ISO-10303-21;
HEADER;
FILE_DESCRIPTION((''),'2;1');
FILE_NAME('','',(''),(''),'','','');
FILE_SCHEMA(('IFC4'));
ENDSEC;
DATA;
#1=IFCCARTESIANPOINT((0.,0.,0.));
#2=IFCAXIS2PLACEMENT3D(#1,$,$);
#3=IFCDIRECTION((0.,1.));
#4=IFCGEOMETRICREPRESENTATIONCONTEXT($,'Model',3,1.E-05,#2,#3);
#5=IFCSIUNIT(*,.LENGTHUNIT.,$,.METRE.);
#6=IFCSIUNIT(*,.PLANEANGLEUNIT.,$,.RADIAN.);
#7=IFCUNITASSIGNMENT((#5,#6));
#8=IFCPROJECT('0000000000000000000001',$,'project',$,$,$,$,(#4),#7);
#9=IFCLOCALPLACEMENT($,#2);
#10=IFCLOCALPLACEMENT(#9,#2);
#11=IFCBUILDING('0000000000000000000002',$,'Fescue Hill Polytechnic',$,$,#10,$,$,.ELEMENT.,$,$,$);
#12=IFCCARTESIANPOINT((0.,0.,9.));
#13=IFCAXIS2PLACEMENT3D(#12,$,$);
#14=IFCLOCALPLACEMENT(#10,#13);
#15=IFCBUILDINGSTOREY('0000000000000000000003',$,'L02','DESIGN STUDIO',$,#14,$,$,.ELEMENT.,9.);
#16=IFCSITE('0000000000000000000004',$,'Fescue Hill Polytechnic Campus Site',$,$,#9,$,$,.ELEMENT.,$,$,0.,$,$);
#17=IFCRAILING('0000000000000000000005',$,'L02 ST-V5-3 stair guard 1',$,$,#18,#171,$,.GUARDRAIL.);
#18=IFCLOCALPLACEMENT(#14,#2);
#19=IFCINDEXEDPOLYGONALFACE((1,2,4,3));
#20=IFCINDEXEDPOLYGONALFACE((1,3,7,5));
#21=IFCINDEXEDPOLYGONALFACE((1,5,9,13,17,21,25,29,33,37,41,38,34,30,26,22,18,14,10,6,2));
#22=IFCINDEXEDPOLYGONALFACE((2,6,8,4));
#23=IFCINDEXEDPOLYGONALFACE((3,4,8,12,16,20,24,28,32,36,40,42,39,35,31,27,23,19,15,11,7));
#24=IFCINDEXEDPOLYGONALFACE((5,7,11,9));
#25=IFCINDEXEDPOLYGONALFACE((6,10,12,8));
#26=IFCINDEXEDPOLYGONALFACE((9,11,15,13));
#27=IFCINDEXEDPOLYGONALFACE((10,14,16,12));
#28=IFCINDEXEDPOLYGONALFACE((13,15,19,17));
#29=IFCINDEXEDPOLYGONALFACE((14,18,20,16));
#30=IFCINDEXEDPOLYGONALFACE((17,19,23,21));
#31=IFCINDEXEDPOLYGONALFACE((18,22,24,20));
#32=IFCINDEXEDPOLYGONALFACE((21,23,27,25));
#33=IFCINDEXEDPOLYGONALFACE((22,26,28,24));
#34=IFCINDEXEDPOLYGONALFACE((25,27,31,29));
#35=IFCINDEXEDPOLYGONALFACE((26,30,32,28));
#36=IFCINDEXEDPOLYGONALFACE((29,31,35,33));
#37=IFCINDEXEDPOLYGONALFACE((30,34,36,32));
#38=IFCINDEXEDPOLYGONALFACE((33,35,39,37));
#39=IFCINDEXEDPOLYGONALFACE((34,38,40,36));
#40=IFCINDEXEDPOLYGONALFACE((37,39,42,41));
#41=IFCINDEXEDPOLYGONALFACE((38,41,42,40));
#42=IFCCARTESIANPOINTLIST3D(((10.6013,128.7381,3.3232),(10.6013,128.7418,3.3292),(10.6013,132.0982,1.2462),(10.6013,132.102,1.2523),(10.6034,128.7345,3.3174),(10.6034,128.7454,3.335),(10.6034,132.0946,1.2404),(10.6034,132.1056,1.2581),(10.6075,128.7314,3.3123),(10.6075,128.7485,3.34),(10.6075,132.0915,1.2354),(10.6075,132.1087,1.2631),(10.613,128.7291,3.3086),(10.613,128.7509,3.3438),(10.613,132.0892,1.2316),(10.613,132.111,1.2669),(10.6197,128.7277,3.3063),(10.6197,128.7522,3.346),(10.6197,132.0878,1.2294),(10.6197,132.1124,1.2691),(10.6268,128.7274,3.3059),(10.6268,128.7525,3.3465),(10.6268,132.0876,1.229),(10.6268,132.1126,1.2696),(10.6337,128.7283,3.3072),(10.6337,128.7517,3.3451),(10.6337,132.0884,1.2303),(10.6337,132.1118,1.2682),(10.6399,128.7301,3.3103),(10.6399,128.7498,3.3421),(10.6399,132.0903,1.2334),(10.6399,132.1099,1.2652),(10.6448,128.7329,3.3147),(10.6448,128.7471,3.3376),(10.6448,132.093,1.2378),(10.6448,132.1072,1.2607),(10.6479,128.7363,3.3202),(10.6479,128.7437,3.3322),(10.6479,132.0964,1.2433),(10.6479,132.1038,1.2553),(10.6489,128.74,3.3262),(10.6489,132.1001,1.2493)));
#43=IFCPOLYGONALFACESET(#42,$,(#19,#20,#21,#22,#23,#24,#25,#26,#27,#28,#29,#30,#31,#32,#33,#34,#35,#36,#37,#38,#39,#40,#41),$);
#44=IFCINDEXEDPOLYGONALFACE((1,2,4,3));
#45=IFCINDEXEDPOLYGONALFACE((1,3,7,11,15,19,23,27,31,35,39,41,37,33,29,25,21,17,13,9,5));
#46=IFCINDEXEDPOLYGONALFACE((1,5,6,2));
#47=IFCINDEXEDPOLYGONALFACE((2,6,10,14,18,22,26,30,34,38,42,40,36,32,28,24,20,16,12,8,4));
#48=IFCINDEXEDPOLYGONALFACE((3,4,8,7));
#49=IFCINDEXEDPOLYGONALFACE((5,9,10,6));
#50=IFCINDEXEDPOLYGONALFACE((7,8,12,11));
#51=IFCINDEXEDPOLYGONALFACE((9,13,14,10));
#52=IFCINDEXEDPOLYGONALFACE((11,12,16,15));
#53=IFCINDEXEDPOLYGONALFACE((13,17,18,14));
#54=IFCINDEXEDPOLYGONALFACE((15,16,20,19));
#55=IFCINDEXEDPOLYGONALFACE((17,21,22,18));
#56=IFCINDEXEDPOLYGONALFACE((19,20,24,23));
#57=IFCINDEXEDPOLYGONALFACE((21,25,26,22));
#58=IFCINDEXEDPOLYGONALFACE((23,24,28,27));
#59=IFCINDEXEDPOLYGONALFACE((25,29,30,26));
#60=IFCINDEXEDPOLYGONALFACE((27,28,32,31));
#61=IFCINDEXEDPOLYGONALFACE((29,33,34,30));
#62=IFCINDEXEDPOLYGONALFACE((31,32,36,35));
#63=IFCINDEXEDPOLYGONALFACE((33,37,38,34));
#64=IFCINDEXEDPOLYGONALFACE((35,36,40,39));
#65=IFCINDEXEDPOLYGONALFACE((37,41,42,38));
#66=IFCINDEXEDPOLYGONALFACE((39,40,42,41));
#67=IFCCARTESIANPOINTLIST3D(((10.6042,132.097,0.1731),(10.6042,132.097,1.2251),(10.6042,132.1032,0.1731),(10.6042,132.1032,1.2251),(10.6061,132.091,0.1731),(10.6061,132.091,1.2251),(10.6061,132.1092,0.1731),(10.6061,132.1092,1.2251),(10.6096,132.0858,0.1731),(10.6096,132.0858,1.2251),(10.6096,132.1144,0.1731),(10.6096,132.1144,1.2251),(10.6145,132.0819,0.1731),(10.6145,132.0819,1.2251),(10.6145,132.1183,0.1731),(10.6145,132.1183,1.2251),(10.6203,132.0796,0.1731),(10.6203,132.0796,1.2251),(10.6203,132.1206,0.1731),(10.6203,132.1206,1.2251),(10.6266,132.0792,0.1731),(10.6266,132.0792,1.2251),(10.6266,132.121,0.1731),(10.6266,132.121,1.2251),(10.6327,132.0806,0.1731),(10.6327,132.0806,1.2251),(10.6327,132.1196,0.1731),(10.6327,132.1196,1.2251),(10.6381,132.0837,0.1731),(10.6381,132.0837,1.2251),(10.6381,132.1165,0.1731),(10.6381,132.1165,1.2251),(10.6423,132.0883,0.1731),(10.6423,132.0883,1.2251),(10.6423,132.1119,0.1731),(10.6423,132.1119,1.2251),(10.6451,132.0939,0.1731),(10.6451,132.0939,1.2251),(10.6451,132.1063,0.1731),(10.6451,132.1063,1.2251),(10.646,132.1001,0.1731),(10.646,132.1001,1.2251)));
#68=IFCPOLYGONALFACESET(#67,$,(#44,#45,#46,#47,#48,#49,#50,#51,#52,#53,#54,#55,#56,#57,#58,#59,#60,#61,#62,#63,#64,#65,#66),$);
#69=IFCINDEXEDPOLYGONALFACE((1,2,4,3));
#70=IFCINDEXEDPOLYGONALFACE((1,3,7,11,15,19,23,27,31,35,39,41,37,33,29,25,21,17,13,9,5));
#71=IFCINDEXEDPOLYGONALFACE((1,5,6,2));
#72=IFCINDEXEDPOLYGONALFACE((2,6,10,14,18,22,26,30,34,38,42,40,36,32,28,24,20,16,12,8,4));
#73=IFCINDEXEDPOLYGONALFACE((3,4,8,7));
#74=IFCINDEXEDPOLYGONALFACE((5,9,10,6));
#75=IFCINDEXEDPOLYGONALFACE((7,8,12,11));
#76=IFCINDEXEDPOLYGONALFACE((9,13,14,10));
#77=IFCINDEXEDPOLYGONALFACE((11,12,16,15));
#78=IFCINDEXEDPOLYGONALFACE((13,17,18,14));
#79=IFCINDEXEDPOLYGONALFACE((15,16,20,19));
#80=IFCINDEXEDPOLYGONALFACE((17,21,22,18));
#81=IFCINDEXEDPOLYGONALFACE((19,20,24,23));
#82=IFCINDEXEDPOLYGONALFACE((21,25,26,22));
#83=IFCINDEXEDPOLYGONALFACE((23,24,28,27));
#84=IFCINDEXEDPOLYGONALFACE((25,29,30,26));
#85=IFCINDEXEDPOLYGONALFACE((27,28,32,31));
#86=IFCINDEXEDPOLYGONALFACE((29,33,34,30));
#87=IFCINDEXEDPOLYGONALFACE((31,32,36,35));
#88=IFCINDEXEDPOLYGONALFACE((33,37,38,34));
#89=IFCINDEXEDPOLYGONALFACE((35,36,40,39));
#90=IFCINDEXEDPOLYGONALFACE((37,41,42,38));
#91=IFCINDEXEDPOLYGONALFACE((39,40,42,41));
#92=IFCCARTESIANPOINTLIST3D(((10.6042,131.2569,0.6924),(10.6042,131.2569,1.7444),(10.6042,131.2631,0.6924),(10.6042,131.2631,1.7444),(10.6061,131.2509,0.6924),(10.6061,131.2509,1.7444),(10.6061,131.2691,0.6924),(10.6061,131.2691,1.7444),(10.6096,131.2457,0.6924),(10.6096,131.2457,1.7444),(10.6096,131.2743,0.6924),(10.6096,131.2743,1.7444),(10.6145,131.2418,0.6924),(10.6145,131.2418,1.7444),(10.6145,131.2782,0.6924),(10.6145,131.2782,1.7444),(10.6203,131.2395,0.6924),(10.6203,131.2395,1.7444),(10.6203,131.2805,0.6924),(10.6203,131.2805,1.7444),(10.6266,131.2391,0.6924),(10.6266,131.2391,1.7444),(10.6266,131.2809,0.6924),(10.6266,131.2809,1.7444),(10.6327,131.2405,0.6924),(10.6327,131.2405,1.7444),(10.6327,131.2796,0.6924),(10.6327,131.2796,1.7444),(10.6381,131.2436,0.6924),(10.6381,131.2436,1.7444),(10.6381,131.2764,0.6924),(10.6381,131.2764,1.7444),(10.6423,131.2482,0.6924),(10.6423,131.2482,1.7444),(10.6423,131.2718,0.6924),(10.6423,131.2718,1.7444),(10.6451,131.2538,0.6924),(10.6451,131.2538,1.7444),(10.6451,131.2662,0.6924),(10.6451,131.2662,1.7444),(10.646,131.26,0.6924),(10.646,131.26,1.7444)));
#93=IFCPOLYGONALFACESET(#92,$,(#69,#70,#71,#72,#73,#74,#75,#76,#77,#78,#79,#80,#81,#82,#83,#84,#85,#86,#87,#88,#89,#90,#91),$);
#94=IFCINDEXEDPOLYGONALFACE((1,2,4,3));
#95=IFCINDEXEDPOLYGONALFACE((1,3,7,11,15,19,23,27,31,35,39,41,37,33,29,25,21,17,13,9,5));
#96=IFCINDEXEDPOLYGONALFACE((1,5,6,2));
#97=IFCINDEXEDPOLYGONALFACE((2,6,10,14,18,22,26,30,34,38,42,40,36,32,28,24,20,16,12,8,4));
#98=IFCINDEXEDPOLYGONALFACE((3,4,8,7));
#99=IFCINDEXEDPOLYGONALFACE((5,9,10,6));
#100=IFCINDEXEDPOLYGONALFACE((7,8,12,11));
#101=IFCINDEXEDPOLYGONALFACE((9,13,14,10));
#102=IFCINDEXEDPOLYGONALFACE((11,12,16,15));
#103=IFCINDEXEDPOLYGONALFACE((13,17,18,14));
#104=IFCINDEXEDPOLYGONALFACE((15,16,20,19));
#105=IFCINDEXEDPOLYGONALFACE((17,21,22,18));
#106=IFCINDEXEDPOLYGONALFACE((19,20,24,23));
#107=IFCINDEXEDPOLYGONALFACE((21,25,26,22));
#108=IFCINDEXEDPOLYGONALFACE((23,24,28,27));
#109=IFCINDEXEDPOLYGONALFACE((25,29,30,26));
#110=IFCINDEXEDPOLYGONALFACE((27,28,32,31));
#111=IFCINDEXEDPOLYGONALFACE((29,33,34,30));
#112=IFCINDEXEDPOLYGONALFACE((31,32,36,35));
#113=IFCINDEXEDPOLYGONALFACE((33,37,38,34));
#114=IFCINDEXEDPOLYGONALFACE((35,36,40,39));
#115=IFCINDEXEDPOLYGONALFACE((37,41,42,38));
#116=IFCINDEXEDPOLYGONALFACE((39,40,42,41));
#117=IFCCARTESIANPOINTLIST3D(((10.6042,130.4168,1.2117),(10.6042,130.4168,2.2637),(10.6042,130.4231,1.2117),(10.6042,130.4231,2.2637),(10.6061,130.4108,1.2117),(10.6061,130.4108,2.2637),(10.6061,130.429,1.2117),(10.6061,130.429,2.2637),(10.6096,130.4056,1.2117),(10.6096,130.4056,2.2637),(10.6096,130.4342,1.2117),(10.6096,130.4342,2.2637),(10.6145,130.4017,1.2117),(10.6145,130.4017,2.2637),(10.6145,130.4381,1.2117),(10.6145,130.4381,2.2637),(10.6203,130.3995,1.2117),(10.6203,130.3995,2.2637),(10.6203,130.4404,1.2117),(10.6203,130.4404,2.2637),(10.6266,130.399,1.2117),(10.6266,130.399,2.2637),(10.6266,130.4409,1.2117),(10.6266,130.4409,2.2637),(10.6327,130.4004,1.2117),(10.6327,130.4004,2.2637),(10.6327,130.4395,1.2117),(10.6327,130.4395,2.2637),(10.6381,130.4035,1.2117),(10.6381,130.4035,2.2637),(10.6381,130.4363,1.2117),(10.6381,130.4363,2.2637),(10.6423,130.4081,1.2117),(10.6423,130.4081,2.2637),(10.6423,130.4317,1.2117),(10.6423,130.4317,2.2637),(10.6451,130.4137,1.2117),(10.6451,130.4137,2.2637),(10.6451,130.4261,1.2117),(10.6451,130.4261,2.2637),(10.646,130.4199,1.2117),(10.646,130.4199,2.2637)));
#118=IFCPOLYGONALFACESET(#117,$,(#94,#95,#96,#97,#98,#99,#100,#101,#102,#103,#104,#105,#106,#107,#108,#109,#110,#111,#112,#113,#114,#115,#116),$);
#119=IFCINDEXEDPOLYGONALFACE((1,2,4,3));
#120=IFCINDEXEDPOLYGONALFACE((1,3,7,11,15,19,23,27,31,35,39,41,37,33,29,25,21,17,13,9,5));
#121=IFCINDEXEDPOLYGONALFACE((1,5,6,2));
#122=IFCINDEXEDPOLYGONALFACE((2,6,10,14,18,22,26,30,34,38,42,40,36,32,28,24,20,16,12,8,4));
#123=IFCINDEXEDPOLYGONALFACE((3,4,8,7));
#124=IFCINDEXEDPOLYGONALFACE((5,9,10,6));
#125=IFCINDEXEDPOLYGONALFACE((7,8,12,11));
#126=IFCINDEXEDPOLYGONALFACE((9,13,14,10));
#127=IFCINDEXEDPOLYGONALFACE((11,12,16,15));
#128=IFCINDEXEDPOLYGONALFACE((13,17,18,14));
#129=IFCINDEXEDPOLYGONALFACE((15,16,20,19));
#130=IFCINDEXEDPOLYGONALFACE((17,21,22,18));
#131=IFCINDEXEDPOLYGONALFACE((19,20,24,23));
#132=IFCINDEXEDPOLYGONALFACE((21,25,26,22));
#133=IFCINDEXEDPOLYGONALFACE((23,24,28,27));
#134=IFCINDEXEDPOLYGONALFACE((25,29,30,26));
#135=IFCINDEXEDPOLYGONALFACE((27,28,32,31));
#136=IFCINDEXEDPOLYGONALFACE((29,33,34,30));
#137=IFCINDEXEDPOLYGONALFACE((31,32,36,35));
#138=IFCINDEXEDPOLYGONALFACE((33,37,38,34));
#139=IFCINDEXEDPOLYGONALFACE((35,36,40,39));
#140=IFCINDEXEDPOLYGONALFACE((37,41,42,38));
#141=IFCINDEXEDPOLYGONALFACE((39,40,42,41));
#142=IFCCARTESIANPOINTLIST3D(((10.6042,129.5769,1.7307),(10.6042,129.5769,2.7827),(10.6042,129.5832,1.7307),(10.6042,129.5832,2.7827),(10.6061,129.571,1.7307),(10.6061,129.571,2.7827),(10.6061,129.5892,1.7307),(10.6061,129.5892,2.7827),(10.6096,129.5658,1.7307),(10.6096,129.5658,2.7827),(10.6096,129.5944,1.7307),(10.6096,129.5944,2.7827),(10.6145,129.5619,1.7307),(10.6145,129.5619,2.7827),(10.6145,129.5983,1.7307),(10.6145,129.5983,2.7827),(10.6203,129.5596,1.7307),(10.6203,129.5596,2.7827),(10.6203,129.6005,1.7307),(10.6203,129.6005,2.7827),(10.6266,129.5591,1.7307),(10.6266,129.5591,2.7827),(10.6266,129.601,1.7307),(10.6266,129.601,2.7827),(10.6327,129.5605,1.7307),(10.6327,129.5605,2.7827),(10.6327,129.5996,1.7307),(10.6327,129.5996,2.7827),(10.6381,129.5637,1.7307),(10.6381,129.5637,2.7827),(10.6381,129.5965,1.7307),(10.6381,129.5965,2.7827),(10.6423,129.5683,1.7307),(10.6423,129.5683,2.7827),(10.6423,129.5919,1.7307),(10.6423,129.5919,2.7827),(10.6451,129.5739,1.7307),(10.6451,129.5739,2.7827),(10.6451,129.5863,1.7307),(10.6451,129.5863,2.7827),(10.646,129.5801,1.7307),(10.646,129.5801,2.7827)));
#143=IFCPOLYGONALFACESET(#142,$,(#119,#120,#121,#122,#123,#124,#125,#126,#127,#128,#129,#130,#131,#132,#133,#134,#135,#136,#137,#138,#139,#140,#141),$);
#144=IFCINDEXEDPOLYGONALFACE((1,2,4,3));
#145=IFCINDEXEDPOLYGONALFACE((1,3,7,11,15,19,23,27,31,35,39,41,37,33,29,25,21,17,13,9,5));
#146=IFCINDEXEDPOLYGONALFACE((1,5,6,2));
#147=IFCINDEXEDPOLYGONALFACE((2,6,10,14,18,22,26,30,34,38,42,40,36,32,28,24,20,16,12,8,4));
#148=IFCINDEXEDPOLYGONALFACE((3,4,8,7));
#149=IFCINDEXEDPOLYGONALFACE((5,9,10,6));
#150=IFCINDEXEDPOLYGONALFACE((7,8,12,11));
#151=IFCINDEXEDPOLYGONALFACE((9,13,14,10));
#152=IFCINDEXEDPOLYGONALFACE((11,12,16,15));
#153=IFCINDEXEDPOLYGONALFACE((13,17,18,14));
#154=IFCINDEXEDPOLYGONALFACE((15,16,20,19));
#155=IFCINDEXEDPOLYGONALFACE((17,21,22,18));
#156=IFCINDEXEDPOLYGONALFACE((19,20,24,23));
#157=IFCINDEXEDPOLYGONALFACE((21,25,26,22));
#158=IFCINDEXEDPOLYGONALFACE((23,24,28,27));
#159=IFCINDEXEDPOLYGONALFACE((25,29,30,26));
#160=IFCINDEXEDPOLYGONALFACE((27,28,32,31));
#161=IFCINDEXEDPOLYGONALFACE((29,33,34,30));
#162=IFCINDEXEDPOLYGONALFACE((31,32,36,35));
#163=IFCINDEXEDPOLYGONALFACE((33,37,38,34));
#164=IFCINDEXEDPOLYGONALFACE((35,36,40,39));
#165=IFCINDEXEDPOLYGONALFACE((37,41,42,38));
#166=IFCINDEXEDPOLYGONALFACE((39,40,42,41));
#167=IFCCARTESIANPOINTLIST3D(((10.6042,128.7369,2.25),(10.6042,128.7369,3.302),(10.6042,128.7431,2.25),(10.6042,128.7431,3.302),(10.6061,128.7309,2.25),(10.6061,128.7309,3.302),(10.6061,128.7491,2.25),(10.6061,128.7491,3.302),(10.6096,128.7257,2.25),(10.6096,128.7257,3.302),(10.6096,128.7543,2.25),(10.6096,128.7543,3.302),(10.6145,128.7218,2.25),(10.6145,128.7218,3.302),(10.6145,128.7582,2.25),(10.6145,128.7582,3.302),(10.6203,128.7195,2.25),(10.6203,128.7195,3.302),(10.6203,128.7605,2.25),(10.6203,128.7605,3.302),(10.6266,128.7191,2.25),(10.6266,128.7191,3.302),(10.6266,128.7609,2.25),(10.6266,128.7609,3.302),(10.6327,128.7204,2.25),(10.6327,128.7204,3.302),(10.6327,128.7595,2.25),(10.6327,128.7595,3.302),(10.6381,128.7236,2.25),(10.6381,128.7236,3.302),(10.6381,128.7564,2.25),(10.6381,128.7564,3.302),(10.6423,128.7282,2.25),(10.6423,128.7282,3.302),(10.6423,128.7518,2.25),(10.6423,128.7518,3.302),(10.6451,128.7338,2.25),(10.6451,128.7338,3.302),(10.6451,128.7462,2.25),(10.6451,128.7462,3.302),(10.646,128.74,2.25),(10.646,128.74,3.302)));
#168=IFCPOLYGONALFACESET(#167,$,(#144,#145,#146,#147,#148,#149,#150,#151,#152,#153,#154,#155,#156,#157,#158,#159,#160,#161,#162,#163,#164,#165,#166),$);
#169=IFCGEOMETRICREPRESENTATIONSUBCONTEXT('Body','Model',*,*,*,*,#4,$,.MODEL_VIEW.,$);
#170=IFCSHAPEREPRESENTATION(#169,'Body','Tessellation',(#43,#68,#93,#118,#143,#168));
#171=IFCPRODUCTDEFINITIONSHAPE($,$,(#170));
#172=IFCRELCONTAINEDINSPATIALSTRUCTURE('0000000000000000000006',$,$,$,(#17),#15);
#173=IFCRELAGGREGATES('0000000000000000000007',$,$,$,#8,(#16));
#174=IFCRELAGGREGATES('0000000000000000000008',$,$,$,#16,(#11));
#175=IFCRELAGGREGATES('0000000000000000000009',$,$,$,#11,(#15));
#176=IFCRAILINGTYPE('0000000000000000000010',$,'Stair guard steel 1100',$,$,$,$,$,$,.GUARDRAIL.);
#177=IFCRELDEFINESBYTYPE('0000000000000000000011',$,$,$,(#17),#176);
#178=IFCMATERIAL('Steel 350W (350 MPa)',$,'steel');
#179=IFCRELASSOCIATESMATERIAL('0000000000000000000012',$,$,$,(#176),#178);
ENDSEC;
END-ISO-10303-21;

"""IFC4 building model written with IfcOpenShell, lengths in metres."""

from ifc_helpers import new_model, si_unit, direction, frame, origin, origin_2d, place, context, subcontext, project, spatial, circle, extrude, material, type_object, element, save


model = new_model("IFC4")

# Units and contexts
model_context = context("Model", 3, precision=1e-05, world=origin(), true_north=direction((0.0, 1.0)))
body_context = subcontext(model_context, "Body", "Model", "MODEL_VIEW")
ifc_project = project(units=[si_unit("LENGTHUNIT", "METRE"), si_unit("PLANEANGLEUNIT", "RADIAN")], contexts=[model_context])

# Site, building, storey
site_placement = place(None, origin())
site = spatial("IfcSite", under=ifc_project, at=site_placement, Name="Fescue Hill Polytechnic Campus Site", CompositionType="ELEMENT", RefElevation=0.0)
building_placement = place(site_placement, origin())
building = spatial("IfcBuilding", under=site, at=building_placement, Name="Fescue Hill Polytechnic", CompositionType="ELEMENT")
storey_placement = place(building_placement, frame((0.0, 0.0, 9.0)))
storey = spatial("IfcBuildingStorey", under=building, at=storey_placement, Name="L02", Description="DESIGN STUDIO", CompositionType="ELEMENT", Elevation=9.0)

# Railing
ifc_material_1 = material(Name="Steel 350W (350 MPa)", Category="steel")
railing_type_1 = type_object("IfcRailingType", Name="Stair guard steel 1100", PredefinedType="GUARDRAIL", material=ifc_material_1)
railing_1_placement = place(storey_placement, frame((10.625, 132.1001, 0.1731)))
element("IfcRailing", 1, at=railing_1_placement, inside=storey, type_object=railing_type_1, Name="L02 ST-V5-3 stair guard 1", PredefinedType="GUARDRAIL", context=body_context, shape_type="SweptSolid", body=[
    extrude(circle(Radius=0.0239, at=origin_2d()), frame((0.0, 0.0, 1.0762), z_axis=(0.0, -0.850623, 0.525776), x_axis=(1.0, 0.0, 0.0)), (0.0, 0.0, 1.0), 3.9502),
    extrude(circle(Radius=0.021, at=origin_2d()), origin(), (0.0, 0.0, 1.0), 1.052),
    extrude(circle(Radius=0.021, at=origin_2d()), frame((0.0, -0.8401, 0.5193)), (0.0, 0.0, 1.0), 1.052),
    extrude(circle(Radius=0.021, at=origin_2d()), frame((0.0, -1.6802, 1.0386)), (0.0, 0.0, 1.0), 1.052),
    extrude(circle(Radius=0.021, at=origin_2d()), frame((0.0, -2.52, 1.5576)), (0.0, 0.0, 1.0), 1.052),
    extrude(circle(Radius=0.021, at=origin_2d()), frame((0.0, -3.3601, 2.0769)), (0.0, 0.0, 1.0), 1.052),
])

save(model, "model.ifc")
